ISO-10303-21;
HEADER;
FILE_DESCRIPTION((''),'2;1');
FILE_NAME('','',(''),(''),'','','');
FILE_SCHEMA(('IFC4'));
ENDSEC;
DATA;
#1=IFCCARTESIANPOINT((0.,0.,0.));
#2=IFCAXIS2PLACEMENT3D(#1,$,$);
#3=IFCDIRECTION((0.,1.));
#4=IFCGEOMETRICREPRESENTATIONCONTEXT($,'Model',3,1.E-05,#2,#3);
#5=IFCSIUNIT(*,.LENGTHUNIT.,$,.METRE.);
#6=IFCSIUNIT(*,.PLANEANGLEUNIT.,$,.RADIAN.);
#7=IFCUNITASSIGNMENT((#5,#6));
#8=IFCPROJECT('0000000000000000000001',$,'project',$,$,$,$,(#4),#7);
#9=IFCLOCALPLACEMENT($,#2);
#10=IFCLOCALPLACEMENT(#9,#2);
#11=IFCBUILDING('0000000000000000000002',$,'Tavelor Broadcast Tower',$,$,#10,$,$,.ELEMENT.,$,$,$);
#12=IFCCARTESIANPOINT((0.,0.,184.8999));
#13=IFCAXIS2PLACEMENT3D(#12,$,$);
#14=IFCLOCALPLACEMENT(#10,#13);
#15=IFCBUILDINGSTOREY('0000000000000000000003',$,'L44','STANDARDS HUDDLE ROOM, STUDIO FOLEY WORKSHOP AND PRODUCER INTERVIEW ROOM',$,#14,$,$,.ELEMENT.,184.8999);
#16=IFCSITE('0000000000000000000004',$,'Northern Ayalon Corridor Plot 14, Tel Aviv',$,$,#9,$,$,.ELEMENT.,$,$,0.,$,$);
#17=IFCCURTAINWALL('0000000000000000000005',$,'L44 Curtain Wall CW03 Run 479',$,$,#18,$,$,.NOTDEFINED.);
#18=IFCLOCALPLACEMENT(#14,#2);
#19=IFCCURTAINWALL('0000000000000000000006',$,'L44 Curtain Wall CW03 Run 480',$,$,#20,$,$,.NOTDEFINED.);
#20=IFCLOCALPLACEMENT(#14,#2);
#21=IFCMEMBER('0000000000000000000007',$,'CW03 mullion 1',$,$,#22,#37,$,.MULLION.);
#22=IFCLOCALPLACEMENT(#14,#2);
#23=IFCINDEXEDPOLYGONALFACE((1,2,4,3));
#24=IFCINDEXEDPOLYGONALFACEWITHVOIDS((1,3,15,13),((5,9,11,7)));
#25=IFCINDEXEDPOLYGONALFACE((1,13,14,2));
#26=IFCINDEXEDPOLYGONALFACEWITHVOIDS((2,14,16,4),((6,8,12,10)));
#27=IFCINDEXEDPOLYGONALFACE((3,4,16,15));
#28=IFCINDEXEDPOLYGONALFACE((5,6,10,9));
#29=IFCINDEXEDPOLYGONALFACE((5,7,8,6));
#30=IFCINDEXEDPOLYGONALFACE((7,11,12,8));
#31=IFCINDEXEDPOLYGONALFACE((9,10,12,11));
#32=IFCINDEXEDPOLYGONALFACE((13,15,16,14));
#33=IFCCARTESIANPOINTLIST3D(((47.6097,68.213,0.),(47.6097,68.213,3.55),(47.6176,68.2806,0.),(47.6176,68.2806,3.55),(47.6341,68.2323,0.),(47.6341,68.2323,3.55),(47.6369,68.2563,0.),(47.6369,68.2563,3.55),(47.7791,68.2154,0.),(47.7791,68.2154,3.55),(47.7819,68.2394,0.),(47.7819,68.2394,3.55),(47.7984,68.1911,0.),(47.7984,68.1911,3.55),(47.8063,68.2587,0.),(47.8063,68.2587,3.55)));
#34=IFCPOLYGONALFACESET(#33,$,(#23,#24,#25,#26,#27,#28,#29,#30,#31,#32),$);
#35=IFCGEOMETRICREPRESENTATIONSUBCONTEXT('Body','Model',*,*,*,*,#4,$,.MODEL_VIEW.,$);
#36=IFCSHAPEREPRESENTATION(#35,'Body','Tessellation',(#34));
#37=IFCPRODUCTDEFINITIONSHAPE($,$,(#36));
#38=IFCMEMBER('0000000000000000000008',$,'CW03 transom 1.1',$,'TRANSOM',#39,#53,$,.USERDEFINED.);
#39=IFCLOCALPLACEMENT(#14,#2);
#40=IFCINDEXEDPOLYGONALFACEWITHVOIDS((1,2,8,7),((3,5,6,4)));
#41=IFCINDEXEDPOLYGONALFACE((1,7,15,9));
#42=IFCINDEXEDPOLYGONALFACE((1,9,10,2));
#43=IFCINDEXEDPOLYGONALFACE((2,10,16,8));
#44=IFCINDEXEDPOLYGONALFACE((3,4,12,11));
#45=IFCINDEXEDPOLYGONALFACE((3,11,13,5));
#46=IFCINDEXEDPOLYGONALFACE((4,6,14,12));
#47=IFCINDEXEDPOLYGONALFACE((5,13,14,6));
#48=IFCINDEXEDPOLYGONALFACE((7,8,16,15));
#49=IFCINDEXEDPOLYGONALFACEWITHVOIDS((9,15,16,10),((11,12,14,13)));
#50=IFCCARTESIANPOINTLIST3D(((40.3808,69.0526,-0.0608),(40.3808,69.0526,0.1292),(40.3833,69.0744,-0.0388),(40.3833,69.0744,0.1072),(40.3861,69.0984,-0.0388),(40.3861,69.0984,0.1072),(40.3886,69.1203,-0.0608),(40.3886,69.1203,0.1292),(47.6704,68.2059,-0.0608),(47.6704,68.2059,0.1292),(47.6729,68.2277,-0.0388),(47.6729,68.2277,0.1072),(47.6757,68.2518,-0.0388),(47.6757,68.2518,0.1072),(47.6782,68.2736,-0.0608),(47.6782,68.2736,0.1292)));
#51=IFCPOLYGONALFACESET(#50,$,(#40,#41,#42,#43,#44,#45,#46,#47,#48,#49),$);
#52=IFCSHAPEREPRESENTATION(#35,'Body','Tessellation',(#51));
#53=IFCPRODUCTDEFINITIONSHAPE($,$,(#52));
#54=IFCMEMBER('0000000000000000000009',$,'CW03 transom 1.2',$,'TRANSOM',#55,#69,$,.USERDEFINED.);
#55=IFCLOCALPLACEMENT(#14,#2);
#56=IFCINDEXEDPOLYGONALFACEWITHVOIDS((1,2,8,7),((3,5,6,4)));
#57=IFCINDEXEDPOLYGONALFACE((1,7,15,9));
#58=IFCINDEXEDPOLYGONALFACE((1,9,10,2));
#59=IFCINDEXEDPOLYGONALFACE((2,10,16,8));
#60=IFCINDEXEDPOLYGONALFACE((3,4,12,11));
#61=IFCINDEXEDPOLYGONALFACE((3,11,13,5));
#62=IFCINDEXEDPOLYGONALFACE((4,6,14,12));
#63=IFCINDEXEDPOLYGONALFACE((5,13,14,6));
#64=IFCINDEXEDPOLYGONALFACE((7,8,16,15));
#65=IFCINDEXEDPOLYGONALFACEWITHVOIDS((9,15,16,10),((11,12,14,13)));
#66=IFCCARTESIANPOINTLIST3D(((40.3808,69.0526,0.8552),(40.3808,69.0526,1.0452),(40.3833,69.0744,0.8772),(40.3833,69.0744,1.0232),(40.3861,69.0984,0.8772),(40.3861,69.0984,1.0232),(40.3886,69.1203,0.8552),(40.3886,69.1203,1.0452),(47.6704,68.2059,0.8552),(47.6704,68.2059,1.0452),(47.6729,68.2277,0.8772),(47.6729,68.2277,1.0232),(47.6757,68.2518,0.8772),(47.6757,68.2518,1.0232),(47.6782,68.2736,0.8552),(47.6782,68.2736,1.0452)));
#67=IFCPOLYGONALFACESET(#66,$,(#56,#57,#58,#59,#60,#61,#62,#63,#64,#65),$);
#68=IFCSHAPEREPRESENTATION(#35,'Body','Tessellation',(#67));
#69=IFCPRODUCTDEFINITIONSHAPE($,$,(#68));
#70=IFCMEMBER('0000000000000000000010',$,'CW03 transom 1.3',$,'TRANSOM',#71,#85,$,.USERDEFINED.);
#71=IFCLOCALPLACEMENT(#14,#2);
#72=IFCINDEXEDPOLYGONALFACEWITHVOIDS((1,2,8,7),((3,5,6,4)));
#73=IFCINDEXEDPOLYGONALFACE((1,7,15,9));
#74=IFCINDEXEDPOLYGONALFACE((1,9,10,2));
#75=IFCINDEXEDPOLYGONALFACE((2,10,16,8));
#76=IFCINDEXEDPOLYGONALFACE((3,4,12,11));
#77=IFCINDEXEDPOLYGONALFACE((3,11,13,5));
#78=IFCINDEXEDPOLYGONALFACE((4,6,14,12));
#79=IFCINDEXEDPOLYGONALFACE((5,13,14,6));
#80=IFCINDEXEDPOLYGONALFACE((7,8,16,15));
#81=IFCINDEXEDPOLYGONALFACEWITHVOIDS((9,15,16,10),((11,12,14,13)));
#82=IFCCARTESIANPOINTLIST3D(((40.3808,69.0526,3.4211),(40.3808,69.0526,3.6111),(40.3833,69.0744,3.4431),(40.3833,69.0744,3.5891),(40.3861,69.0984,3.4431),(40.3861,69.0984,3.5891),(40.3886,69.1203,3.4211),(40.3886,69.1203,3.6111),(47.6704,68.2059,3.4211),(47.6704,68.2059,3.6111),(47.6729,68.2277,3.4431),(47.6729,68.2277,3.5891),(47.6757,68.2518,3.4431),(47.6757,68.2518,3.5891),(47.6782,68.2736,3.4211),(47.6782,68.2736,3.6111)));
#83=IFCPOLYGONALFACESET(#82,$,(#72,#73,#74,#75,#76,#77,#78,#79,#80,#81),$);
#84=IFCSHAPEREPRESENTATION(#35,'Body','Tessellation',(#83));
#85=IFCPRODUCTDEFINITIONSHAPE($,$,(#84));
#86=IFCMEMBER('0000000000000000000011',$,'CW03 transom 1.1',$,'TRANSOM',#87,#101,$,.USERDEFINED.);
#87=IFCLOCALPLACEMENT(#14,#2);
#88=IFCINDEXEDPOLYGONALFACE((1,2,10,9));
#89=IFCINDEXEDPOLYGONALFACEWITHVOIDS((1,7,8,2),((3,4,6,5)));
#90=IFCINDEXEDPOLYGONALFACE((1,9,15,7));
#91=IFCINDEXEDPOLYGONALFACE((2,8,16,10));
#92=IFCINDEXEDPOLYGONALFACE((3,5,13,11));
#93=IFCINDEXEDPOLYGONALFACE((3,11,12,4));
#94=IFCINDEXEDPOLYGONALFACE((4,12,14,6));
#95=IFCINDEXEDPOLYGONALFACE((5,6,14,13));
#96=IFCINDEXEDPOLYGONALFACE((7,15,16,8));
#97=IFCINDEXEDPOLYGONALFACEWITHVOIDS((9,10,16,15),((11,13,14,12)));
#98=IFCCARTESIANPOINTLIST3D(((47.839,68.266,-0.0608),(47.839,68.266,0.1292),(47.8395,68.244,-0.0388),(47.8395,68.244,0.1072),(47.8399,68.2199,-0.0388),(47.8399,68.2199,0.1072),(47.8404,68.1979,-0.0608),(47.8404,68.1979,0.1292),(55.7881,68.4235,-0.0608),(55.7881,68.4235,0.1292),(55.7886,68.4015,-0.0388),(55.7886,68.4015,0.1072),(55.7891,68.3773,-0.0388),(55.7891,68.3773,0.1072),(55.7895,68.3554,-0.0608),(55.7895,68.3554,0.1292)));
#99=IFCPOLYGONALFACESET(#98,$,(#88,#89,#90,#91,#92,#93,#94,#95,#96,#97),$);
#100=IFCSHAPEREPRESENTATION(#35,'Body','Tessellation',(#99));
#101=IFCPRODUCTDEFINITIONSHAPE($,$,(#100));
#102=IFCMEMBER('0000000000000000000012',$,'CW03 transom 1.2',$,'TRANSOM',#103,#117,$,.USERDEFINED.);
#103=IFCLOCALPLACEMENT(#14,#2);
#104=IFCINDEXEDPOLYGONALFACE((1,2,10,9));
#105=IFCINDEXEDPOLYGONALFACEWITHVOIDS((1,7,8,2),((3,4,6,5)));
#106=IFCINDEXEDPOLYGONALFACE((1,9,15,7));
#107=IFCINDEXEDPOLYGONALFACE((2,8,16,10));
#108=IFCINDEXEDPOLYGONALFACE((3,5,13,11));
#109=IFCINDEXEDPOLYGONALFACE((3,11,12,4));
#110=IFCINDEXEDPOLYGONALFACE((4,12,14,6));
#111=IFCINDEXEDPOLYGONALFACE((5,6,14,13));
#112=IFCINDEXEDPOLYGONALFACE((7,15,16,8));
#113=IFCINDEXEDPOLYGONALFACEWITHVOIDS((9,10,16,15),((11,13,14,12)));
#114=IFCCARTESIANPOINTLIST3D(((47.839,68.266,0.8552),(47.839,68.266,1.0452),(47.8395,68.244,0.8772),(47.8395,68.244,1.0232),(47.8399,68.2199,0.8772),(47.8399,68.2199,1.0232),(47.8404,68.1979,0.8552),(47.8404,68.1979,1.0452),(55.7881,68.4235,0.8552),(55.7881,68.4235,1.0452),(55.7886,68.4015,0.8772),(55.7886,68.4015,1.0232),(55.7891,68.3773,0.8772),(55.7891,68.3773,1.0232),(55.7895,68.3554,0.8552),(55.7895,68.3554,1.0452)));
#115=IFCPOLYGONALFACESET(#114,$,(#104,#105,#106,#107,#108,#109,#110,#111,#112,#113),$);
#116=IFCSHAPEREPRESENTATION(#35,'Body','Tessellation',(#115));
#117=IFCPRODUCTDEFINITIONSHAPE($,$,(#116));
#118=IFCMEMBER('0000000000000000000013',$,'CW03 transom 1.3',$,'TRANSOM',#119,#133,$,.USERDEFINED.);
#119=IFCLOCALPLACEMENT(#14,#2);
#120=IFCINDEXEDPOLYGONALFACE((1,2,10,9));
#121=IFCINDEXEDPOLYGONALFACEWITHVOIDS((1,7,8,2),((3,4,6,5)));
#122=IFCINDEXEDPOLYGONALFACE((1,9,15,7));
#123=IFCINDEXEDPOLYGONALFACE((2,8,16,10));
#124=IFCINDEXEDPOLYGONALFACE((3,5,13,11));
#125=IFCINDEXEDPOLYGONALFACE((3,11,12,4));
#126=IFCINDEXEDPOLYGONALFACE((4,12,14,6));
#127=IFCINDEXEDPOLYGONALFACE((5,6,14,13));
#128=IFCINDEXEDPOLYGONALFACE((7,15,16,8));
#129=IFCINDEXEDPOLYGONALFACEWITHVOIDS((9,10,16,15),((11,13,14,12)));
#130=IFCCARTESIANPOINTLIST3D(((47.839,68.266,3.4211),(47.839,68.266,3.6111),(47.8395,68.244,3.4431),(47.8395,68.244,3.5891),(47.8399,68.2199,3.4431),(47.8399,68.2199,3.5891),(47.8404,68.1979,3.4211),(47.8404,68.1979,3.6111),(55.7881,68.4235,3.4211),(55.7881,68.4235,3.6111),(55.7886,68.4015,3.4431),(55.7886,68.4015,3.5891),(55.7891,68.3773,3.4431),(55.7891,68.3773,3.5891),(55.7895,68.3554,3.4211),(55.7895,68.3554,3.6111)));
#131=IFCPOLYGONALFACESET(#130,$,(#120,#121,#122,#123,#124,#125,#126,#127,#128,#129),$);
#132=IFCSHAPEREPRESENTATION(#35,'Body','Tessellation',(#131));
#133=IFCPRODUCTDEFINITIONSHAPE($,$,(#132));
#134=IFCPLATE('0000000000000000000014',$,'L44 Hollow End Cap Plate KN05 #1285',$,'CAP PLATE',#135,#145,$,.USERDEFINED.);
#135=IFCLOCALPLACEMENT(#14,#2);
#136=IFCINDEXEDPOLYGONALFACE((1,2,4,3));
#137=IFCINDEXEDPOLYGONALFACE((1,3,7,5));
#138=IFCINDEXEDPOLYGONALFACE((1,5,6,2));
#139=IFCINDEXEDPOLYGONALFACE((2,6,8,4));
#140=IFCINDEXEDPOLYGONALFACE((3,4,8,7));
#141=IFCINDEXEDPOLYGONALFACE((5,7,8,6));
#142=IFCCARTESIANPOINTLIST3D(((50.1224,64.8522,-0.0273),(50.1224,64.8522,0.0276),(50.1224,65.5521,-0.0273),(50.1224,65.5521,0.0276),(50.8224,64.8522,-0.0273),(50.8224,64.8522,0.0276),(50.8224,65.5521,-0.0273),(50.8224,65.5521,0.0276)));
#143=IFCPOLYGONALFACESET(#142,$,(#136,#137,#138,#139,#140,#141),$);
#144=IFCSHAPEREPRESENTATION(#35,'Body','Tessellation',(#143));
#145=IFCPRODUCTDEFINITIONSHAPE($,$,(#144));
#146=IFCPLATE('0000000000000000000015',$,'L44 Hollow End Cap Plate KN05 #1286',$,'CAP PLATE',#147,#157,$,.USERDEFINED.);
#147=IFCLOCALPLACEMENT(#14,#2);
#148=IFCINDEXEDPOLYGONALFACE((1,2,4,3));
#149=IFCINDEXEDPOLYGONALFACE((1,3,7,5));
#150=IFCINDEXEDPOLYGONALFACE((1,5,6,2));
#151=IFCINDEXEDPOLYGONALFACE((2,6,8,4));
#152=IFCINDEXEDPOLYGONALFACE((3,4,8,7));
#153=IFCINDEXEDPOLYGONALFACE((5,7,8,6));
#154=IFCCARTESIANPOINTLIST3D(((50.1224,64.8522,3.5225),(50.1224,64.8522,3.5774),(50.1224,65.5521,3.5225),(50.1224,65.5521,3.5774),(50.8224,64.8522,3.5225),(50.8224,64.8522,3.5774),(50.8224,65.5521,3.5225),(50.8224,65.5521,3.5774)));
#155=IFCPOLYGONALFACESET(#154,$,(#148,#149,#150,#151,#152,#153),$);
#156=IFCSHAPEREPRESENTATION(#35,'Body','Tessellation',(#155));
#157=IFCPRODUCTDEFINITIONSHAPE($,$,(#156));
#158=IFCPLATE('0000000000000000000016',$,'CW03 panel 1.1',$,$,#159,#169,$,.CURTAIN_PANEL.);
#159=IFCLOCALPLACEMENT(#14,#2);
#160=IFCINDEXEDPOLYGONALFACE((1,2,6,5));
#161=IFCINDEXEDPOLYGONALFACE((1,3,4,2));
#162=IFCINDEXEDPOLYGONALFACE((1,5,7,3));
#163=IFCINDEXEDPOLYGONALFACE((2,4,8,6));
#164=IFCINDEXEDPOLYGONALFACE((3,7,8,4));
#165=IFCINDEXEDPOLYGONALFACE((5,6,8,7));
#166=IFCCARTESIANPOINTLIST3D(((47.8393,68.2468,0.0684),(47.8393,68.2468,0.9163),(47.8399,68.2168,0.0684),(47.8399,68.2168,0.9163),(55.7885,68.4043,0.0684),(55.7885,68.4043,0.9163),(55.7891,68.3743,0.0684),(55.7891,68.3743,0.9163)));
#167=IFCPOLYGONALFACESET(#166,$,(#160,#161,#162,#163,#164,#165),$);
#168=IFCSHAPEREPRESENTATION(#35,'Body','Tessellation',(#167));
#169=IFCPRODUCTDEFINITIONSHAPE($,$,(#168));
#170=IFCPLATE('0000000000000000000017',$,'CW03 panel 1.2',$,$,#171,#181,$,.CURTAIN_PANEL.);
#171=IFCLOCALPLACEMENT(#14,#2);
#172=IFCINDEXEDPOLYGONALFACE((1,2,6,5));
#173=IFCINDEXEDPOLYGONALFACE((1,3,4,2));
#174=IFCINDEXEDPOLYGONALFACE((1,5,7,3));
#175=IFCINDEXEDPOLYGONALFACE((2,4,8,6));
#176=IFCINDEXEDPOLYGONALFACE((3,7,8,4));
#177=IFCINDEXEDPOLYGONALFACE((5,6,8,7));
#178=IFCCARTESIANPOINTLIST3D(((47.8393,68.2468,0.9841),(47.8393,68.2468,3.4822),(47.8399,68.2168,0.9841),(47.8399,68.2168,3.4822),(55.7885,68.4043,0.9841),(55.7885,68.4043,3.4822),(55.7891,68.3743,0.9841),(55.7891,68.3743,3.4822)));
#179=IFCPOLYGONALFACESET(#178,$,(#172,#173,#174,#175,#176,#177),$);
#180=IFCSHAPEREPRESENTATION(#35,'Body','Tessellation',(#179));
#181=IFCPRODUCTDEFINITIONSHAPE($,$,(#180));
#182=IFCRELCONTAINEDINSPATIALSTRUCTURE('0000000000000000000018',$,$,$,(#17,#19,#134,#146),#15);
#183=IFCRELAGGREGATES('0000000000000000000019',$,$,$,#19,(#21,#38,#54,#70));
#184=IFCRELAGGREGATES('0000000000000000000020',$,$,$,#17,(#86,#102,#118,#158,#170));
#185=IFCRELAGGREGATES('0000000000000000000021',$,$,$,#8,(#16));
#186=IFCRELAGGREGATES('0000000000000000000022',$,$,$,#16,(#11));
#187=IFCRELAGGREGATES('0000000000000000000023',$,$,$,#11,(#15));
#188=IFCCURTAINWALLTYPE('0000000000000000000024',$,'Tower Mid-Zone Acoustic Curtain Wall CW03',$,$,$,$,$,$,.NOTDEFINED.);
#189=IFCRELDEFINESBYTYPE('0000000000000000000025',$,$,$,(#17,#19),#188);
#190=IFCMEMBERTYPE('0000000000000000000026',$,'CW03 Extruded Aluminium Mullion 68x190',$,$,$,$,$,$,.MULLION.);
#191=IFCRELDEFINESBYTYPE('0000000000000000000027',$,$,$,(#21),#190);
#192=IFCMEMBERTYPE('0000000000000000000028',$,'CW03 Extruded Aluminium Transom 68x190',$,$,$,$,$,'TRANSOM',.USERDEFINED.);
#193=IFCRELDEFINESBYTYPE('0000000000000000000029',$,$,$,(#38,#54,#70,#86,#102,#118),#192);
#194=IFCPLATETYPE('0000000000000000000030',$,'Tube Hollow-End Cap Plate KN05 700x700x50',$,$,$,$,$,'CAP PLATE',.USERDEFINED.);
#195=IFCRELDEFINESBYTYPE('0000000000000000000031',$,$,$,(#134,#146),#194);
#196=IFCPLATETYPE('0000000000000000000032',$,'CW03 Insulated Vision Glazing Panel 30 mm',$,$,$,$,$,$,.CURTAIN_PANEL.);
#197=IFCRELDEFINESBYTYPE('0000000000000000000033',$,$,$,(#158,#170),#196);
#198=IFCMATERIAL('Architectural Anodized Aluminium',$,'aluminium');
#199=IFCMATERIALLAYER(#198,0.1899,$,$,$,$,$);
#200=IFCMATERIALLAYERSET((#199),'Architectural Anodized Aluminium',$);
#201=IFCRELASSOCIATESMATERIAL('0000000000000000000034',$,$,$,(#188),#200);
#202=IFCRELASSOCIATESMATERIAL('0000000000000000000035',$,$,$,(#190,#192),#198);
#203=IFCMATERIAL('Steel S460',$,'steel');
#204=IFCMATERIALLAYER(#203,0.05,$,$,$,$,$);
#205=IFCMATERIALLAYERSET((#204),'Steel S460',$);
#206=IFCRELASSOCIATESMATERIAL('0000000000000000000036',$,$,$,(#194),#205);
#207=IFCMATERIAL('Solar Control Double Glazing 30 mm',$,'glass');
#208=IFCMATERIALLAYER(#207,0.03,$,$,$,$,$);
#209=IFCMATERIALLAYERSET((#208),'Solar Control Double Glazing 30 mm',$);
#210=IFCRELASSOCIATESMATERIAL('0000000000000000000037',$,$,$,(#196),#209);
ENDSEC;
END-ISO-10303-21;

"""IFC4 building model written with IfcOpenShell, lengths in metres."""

from ifc_helpers import new_model, si_unit, direction, frame, origin, origin_2d, place, context, subcontext, project, spatial, rectangle, hollow_rectangle, extrude, source, transform, mapped, material, layer, layer_set, material_profile, profile_set, type_object, type_shapes, element, aggregate, save


model = new_model("IFC4")

# Units and contexts
model_context = context("Model", 3, precision=1e-05, world=origin(), true_north=direction((0.0, 1.0)))
body_context = subcontext(model_context, "Body", "Model", "MODEL_VIEW")
ifc_project = project(units=[si_unit("LENGTHUNIT", "METRE"), si_unit("PLANEANGLEUNIT", "RADIAN")], contexts=[model_context])

# Site, building, storey
site_placement = place(None, origin())
site = spatial("IfcSite", under=ifc_project, at=site_placement, Name="Northern Ayalon Corridor Plot 14, Tel Aviv", CompositionType="ELEMENT", RefElevation=0.0)
building_placement = place(site_placement, origin())
building = spatial("IfcBuilding", under=site, at=building_placement, Name="Tavelor Broadcast Tower", CompositionType="ELEMENT")
storey_placement = place(building_placement, frame((0.0, 0.0, 184.8999)))
storey = spatial("IfcBuildingStorey", under=building, at=storey_placement, Name="L44", Description="STANDARDS HUDDLE ROOM, STUDIO FOLEY WORKSHOP AND PRODUCER INTERVIEW ROOM", CompositionType="ELEMENT", Elevation=184.8999)

# Shared definitions
ifc_material_1 = material(Name="Steel S460", Category="steel")

# Shared definitions
ifc_material_2 = material(Name="Architectural Anodized Aluminium", Category="aluminium")
ifc_layer_1 = layer(ifc_material_2, 0.1899)
ifc_layer_set_1 = layer_set([ifc_layer_1], Name="Architectural Anodized Aluminium")
curtain_wall_type = type_object("IfcCurtainWallType", Name="Tower Mid-Zone Acoustic Curtain Wall CW03", PredefinedType="NOTDEFINED", material=ifc_layer_set_1)
ifc_material_profile_1 = material_profile(ifc_material_2, hollow_rectangle(XDim=0.0681, YDim=0.1899, WallThickness=0.022, at=origin_2d()), Name="RHS 68x190x22")
ifc_profile_set_1 = profile_set([ifc_material_profile_1], Name="Architectural Anodized Aluminium")
member_type_1 = type_object("IfcMemberType", Name="CW03 Extruded Aluminium Mullion 68x190", PredefinedType="MULLION", material=ifc_profile_set_1)
shared_shape_1 = source(origin(), body_context, "Body", "SweptSolid", [
    extrude(hollow_rectangle(XDim=0.0681, YDim=0.1899, WallThickness=0.022, at=origin_2d()), origin(), (0.0, 0.0, 1.0), 3.55),
])
type_shapes(member_type_1, [shared_shape_1])

# Curtain walls, members
curtain_wall_1_placement = place(storey_placement, origin())
curtain_wall_1 = element("IfcCurtainWall", 1, at=curtain_wall_1_placement, inside=storey, type_object=curtain_wall_type, Name="L44 Curtain Wall CW03 Run 479", PredefinedType="NOTDEFINED")
curtain_wall_2_placement = place(storey_placement, origin())
curtain_wall_2 = element("IfcCurtainWall", 2, at=curtain_wall_2_placement, inside=storey, type_object=curtain_wall_type, Name="L44 Curtain Wall CW03 Run 480", PredefinedType="NOTDEFINED")
member_1_placement = place(storey_placement, frame((47.708, 68.2358, 0.0), z_axis=(0.0, 0.0, 1.0), x_axis=(-0.115352, -0.993325, 0.0)))
member_1 = element("IfcMember", 3, at=member_1_placement, type_object=member_type_1, Name="CW03 mullion 1", PredefinedType="MULLION", context=body_context, shape_type="MappedRepresentation", body=[
    mapped(shared_shape_1, transform((0.0, 0.0, 0.0), scale=1.0)),
])
ifc_material_profile_2 = material_profile(ifc_material_2, hollow_rectangle(XDim=0.0681, YDim=0.1899, WallThickness=0.022, at=origin_2d()), Name="RHS 68x190x22")
ifc_profile_set_2 = profile_set([ifc_material_profile_2], Name="Architectural Anodized Aluminium")
member_type_2 = type_object("IfcMemberType", Name="CW03 Extruded Aluminium Transom 68x190", ElementType="TRANSOM", PredefinedType="USERDEFINED", material=ifc_profile_set_2)
shared_shape_2 = source(origin(), body_context, "Body", "SweptSolid", [
    extrude(hollow_rectangle(XDim=0.0681, YDim=0.1899, WallThickness=0.022, at=origin_2d()), origin(), (0.0, 0.0, 1.0), 7.3386),
])
member_2_placement = place(storey_placement, frame((47.6743, 68.2397, 0.0342), z_axis=(-0.993322, 0.115374, 0.0), x_axis=(-0.115374, -0.993322, 0.0)))
member_2 = element("IfcMember", 4, at=member_2_placement, type_object=member_type_2, Name="CW03 transom 1.1", ObjectType="TRANSOM", PredefinedType="USERDEFINED", context=body_context, shape_type="MappedRepresentation", body=[
    mapped(shared_shape_2, transform((0.0, 0.0, 0.0), scale=1.0)),
])
member_3_placement = place(storey_placement, frame((47.6743, 68.2397, 0.9502), z_axis=(-0.993322, 0.115374, 0.0), x_axis=(-0.115374, -0.993322, 0.0)))
member_3 = element("IfcMember", 5, at=member_3_placement, type_object=member_type_2, Name="CW03 transom 1.2", ObjectType="TRANSOM", PredefinedType="USERDEFINED", context=body_context, shape_type="MappedRepresentation", body=[
    mapped(shared_shape_2, transform((0.0, 0.0, 0.0), scale=1.0)),
])
member_4_placement = place(storey_placement, frame((47.6743, 68.2397, 3.5161), z_axis=(-0.993322, 0.115374, 0.0), x_axis=(-0.115374, -0.993322, 0.0)))
member_4 = element("IfcMember", 6, at=member_4_placement, type_object=member_type_2, Name="CW03 transom 1.3", ObjectType="TRANSOM", PredefinedType="USERDEFINED", context=body_context, shape_type="MappedRepresentation", body=[
    mapped(shared_shape_2, transform((0.0, 0.0, 0.0), scale=1.0)),
])
aggregate(curtain_wall_2, [member_1, member_2, member_3, member_4])

# Members
shared_shape_3 = source(origin(), body_context, "Body", "SweptSolid", [
    extrude(hollow_rectangle(XDim=0.0681, YDim=0.1899, WallThickness=0.022, at=origin_2d()), origin(), (0.0, 0.0, 1.0), 7.9507),
])
type_shapes(member_type_2, [shared_shape_2, shared_shape_3])
member_5_placement = place(storey_placement, frame((55.7888, 68.3894, 0.0342), z_axis=(-0.999804, -0.019806, 0.0), x_axis=(0.019806, -0.999804, 0.0)))
member_5 = element("IfcMember", 7, at=member_5_placement, type_object=member_type_2, Name="CW03 transom 1.1", ObjectType="TRANSOM", PredefinedType="USERDEFINED", context=body_context, shape_type="MappedRepresentation", body=[
    mapped(shared_shape_3, transform((0.0, 0.0, 0.0), scale=1.0)),
])
member_6_placement = place(storey_placement, frame((55.7888, 68.3894, 0.9502), z_axis=(-0.999804, -0.019806, 0.0), x_axis=(0.019806, -0.999804, 0.0)))
member_6 = element("IfcMember", 8, at=member_6_placement, type_object=member_type_2, Name="CW03 transom 1.2", ObjectType="TRANSOM", PredefinedType="USERDEFINED", context=body_context, shape_type="MappedRepresentation", body=[
    mapped(shared_shape_3, transform((0.0, 0.0, 0.0), scale=1.0)),
])
member_7_placement = place(storey_placement, frame((55.7888, 68.3894, 3.5161), z_axis=(-0.999804, -0.019806, 0.0), x_axis=(0.019806, -0.999804, 0.0)))
member_7 = element("IfcMember", 9, at=member_7_placement, type_object=member_type_2, Name="CW03 transom 1.3", ObjectType="TRANSOM", PredefinedType="USERDEFINED", context=body_context, shape_type="MappedRepresentation", body=[
    mapped(shared_shape_3, transform((0.0, 0.0, 0.0), scale=1.0)),
])

# Plates
ifc_layer_2 = layer(ifc_material_1, 0.05)
ifc_layer_set_2 = layer_set([ifc_layer_2], Name="Steel S460")
plate_type_1 = type_object("IfcPlateType", Name="Tube Hollow-End Cap Plate KN05 700x700x50", ElementType="CAP PLATE", PredefinedType="USERDEFINED", material=ifc_layer_set_2)
shared_shape_4 = source(origin(), body_context, "Body", "SweptSolid", [
    extrude(rectangle(XDim=0.7, YDim=0.7, at=origin_2d()), origin(), (0.0, 0.0, 1.0), 0.0549),
])
type_shapes(plate_type_1, [shared_shape_4])
for number, where, z_axis, x_axis, name in (
    (10, (50.4724, 65.2021, -0.0273), (0.0, 0.0, 1.0), (1.0, 0.0, 0.0), "L44 Hollow End Cap Plate KN05 #1285"),
    (11, (50.4724, 65.2021, 3.5225), (0.0, 0.0, 1.0), (1.0, 0.0, 0.0), "L44 Hollow End Cap Plate KN05 #1286"),
):
    element("IfcPlate", number, at=place(storey_placement, frame(where, z_axis=z_axis, x_axis=x_axis)), inside=storey, type_object=plate_type_1, Name=name, ObjectType="CAP PLATE", PredefinedType="USERDEFINED", context=body_context, shape_type="MappedRepresentation", body=[
        mapped(shared_shape_4, transform((0.0, 0.0, 0.0), scale=1.0)),
    ])

# Plates
ifc_material_3 = material(Name="Solar Control Double Glazing 30 mm", Category="glass")
ifc_layer_3 = layer(ifc_material_3, 0.03)
ifc_layer_set_3 = layer_set([ifc_layer_3], Name="Solar Control Double Glazing 30 mm")
plate_type_2 = type_object("IfcPlateType", Name="CW03 Insulated Vision Glazing Panel 30 mm", PredefinedType="CURTAIN_PANEL", material=ifc_layer_set_3)
shared_shape_5 = source(origin(), body_context, "Body", "SweptSolid", [
    extrude(rectangle(XDim=7.9507, YDim=0.03, at=origin_2d()), origin(), (0.0, 0.0, 1.0), 0.8479),
])
plate_1_placement = place(storey_placement, frame((51.8142, 68.3105, 0.0684), z_axis=(0.0, 0.0, 1.0), x_axis=(-0.999804, -0.01981, 0.0)))
plate_1 = element("IfcPlate", 12, at=plate_1_placement, type_object=plate_type_2, Name="CW03 panel 1.1", PredefinedType="CURTAIN_PANEL", context=body_context, shape_type="MappedRepresentation", body=[
    mapped(shared_shape_5, transform((0.0, 0.0, 0.0), scale=1.0)),
])
shared_shape_6 = source(origin(), body_context, "Body", "SweptSolid", [
    extrude(rectangle(XDim=7.9507, YDim=0.03, at=origin_2d()), origin(), (0.0, 0.0, 1.0), 2.498),
])
type_shapes(plate_type_2, [shared_shape_5, shared_shape_6])
plate_2_placement = place(storey_placement, frame((51.8142, 68.3105, 0.9841), z_axis=(0.0, 0.0, 1.0), x_axis=(-0.999804, -0.01981, 0.0)))
plate_2 = element("IfcPlate", 13, at=plate_2_placement, type_object=plate_type_2, Name="CW03 panel 1.2", PredefinedType="CURTAIN_PANEL", context=body_context, shape_type="MappedRepresentation", body=[
    mapped(shared_shape_6, transform((0.0, 0.0, 0.0), scale=1.0)),
])
aggregate(curtain_wall_1, [member_5, member_6, member_7, plate_1, plate_2])

save(model, "model.ifc")
